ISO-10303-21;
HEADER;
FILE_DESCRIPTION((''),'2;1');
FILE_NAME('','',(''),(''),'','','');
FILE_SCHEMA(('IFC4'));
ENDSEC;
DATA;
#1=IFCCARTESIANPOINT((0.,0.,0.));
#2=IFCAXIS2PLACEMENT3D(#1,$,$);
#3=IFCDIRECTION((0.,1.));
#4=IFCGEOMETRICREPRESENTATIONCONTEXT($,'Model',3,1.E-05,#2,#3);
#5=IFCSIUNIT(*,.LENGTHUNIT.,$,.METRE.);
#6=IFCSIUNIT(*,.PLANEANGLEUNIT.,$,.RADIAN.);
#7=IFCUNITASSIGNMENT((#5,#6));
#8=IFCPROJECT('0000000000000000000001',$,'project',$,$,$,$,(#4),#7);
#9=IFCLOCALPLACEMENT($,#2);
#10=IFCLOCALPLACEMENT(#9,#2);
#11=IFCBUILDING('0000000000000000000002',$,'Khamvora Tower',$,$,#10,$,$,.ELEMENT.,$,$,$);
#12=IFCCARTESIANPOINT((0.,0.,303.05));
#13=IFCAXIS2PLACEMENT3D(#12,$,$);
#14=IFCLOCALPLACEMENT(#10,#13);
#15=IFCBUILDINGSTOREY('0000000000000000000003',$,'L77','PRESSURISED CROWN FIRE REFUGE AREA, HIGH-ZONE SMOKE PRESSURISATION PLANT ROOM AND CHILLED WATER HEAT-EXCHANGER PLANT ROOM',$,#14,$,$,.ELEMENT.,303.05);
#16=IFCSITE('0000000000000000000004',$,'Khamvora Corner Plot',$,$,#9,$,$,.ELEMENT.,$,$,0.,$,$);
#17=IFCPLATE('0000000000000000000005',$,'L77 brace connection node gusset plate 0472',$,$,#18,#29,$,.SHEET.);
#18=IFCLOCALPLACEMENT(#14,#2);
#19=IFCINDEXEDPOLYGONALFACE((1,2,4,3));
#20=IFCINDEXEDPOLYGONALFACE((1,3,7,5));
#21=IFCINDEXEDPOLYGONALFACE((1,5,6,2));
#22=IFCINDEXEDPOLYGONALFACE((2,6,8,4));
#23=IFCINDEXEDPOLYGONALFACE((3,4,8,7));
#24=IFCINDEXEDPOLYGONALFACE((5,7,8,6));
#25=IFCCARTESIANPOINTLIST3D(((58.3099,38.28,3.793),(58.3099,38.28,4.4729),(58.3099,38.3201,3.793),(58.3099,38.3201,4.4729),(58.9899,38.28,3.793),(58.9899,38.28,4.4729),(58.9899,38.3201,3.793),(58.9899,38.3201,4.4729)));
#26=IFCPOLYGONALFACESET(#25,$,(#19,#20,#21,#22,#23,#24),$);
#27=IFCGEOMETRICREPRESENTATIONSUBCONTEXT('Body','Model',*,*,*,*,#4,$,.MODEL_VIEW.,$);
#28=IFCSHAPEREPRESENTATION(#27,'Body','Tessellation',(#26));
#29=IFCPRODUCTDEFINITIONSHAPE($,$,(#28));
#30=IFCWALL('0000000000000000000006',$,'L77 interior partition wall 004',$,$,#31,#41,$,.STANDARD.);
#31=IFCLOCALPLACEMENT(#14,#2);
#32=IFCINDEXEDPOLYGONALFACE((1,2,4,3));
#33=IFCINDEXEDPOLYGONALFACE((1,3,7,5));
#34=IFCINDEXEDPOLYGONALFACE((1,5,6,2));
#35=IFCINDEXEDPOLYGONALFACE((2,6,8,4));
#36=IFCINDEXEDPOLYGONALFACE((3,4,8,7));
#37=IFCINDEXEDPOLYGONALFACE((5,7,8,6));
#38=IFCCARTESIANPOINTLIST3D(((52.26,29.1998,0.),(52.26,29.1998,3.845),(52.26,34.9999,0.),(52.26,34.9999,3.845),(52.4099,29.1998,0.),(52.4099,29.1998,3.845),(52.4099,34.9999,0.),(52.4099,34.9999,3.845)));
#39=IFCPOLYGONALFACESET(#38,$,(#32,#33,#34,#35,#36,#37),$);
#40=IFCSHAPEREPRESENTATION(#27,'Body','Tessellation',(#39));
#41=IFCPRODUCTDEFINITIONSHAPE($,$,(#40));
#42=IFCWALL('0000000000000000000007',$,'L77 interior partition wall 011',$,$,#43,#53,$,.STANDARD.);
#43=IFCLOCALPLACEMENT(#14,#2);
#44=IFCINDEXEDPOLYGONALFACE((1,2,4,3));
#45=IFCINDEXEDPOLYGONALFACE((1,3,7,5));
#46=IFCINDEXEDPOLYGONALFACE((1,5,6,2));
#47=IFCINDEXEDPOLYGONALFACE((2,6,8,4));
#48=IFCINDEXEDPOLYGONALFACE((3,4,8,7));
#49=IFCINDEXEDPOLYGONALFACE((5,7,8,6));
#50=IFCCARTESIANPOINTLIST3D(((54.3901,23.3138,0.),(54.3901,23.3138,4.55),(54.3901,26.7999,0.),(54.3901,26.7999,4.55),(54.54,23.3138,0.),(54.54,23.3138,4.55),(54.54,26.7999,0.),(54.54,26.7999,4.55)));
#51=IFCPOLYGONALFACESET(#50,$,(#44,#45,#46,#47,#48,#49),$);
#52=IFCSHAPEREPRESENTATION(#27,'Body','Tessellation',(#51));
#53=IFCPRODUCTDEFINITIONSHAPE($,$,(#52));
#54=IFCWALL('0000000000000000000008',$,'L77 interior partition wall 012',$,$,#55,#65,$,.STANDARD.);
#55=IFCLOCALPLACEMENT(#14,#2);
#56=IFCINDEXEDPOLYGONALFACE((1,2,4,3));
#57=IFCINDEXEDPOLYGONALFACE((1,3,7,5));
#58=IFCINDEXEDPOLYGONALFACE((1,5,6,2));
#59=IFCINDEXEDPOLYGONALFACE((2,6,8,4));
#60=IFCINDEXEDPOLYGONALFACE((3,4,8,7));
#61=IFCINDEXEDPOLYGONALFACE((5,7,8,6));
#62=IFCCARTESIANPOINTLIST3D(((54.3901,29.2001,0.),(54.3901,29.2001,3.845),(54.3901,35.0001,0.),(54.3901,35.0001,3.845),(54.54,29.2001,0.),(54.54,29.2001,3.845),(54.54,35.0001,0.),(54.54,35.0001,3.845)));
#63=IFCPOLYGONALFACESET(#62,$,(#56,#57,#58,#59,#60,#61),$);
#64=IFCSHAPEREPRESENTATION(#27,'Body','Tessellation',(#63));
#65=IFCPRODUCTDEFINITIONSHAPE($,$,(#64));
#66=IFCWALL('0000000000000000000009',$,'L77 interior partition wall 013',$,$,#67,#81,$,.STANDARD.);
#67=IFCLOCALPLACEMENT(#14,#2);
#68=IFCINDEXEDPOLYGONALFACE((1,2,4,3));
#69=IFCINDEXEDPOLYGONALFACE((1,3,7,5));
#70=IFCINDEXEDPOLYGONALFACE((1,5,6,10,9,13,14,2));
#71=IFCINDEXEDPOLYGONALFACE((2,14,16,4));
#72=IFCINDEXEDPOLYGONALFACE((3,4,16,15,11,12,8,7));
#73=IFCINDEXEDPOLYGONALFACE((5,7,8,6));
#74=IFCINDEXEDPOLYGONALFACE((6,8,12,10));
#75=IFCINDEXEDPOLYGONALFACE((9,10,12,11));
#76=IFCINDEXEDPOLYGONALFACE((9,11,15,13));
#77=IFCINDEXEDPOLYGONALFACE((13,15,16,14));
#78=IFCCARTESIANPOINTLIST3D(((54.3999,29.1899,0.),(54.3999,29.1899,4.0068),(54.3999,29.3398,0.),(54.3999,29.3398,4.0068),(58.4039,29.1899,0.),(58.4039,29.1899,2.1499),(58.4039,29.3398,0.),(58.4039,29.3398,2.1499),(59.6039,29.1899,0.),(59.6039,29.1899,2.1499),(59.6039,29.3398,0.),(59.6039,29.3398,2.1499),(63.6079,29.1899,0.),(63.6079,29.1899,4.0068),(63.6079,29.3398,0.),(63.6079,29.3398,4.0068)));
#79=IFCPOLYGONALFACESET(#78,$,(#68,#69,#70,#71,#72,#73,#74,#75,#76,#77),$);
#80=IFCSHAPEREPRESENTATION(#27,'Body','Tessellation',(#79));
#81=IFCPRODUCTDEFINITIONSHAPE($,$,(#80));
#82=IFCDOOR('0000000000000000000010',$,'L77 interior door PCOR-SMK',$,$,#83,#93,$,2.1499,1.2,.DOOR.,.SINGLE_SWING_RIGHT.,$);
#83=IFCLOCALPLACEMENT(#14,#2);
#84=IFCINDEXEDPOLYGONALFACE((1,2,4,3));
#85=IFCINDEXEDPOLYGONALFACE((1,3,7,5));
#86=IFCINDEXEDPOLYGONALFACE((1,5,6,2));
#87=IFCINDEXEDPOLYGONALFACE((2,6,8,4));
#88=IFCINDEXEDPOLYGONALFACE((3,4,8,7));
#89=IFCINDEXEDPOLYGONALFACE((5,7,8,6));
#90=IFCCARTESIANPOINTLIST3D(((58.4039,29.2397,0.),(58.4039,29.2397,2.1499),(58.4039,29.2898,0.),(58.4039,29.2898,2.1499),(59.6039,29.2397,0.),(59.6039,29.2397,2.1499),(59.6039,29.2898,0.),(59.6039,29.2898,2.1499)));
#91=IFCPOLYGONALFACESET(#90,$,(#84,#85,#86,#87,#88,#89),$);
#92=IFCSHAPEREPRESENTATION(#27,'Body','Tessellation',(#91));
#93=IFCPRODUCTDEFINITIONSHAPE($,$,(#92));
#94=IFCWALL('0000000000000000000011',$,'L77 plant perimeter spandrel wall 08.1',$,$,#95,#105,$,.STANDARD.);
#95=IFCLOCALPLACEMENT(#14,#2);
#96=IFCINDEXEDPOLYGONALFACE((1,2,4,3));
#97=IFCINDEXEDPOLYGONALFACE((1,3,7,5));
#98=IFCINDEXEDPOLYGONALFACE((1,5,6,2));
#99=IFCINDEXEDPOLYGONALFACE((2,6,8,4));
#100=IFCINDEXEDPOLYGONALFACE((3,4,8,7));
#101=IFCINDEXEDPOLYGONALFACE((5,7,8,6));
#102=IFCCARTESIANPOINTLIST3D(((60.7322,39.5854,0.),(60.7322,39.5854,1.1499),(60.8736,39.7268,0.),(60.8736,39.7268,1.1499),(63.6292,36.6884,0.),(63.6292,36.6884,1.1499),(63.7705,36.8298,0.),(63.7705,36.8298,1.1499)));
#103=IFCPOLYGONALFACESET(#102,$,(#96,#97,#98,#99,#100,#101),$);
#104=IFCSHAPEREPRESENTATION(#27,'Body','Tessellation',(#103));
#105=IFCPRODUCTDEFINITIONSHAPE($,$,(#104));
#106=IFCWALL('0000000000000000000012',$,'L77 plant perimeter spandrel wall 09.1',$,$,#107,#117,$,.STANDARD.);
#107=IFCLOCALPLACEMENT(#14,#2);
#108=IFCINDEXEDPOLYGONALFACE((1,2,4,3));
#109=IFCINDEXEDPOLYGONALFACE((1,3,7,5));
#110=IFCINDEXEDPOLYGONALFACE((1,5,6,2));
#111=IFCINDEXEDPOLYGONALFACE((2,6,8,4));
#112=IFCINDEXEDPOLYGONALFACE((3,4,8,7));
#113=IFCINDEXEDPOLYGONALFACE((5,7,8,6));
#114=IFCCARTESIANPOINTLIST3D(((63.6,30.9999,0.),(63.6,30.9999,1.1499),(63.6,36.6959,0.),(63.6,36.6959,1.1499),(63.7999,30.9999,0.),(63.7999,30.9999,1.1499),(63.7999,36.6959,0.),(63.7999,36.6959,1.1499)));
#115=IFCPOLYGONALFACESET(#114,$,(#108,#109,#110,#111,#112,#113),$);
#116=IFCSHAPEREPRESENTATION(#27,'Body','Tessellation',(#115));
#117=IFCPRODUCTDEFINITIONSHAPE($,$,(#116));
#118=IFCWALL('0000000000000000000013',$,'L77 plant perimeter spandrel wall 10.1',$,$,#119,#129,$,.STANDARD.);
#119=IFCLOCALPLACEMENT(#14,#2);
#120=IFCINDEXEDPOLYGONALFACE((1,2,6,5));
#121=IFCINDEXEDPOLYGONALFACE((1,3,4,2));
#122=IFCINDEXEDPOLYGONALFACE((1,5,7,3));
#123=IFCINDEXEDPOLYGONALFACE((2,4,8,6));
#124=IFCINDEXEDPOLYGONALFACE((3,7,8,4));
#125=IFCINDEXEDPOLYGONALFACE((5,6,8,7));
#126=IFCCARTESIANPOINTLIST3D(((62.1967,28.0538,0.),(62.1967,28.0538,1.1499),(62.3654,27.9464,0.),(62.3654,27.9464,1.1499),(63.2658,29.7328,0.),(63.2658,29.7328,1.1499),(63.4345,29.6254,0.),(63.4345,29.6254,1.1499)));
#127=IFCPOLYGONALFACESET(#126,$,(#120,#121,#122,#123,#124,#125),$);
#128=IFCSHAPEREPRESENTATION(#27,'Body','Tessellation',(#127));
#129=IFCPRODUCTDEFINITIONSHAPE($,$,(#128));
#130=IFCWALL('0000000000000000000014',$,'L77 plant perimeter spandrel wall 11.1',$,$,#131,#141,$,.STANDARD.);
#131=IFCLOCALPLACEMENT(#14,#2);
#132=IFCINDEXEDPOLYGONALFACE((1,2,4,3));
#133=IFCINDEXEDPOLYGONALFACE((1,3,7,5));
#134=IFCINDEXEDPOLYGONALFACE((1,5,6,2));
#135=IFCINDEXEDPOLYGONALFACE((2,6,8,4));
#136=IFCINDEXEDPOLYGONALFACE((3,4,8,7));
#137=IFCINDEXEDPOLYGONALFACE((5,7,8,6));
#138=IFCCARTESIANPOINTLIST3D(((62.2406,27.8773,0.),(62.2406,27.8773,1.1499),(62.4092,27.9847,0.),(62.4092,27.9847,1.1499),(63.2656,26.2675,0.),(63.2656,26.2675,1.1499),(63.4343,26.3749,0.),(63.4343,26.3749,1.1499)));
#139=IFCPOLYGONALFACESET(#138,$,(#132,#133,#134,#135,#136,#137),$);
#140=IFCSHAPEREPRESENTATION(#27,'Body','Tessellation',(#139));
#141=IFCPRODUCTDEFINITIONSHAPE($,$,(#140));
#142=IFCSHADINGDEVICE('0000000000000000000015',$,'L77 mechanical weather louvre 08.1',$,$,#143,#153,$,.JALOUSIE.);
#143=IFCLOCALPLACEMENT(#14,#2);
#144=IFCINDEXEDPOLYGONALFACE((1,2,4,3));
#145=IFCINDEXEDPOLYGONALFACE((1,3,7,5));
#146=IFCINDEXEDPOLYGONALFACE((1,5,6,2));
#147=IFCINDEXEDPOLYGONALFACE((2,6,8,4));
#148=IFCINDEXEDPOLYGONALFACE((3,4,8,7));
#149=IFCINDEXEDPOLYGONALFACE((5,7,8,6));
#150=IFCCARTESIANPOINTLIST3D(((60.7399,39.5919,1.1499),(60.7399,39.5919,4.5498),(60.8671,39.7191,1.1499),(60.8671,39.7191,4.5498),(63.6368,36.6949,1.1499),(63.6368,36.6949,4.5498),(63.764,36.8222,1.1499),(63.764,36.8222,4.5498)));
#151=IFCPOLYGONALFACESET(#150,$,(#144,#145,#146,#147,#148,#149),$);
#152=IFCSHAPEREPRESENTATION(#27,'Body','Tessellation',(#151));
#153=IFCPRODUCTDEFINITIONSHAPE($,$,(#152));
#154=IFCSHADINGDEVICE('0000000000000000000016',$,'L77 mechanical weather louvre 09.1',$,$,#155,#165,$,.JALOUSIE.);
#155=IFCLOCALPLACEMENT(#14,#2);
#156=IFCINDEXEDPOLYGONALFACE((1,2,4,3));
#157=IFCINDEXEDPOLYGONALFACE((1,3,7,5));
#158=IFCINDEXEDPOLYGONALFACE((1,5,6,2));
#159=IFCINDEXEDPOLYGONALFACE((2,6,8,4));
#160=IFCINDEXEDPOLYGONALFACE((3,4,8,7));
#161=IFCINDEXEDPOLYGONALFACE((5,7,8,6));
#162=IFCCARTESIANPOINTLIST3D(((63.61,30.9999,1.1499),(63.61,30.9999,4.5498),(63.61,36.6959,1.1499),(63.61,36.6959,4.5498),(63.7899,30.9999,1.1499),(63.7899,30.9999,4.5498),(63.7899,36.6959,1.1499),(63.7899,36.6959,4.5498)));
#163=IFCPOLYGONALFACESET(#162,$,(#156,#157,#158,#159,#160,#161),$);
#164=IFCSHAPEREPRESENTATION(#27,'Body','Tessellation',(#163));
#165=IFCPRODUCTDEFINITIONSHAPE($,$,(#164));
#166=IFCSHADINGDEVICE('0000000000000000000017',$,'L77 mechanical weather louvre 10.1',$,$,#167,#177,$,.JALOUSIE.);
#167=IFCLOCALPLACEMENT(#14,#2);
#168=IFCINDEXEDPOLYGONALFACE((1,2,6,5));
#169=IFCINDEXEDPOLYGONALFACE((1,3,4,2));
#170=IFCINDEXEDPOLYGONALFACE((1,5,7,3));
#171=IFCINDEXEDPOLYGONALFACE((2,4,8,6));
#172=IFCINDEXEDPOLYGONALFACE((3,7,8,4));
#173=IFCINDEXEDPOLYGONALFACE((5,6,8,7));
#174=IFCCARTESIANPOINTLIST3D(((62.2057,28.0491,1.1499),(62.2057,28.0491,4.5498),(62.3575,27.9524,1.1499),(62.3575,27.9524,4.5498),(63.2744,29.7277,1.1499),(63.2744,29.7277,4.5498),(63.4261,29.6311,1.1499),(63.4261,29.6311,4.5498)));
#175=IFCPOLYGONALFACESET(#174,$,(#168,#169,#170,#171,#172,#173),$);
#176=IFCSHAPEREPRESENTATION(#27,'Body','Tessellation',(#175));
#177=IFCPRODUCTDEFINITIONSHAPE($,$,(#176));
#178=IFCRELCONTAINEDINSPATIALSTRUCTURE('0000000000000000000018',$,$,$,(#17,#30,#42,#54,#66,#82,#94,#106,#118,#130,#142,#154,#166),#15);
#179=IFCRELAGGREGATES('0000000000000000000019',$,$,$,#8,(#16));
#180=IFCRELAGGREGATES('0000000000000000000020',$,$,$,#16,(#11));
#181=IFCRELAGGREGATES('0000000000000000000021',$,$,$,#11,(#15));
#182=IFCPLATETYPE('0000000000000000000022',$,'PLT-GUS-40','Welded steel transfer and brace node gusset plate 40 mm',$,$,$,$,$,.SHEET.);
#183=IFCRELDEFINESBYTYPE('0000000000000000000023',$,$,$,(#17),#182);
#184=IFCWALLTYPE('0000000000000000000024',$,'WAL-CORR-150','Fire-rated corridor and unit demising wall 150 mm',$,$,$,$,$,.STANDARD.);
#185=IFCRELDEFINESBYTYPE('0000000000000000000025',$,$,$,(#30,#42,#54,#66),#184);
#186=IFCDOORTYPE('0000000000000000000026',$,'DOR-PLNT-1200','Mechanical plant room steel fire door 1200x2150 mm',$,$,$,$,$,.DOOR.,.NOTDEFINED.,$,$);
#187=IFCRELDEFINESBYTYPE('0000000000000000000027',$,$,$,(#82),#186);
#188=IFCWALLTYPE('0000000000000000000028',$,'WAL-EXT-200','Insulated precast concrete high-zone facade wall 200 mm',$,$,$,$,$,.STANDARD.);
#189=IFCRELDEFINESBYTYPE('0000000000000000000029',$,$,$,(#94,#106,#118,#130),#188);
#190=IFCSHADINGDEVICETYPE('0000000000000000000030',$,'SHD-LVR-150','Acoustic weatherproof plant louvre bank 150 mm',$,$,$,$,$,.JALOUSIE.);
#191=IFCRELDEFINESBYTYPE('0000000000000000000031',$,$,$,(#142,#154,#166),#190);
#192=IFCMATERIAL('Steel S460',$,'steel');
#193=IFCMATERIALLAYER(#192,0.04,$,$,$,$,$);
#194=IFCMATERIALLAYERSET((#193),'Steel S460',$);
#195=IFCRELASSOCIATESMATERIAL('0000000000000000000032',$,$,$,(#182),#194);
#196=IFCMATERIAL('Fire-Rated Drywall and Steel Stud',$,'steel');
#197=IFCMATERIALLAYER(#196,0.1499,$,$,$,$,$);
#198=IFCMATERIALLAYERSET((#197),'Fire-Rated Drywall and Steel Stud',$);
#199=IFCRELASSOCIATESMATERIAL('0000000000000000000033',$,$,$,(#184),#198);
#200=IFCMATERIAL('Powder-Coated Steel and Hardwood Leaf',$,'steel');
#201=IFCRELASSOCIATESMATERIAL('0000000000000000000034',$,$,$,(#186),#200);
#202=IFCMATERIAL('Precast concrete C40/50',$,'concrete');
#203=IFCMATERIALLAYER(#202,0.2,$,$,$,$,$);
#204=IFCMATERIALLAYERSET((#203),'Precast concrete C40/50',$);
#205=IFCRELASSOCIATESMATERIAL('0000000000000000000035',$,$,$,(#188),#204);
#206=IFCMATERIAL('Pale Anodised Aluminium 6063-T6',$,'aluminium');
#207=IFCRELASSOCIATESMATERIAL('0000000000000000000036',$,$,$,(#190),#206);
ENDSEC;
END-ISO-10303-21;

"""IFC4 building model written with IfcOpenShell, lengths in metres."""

from ifc_helpers import new_model, si_unit, direction, frame, frame_2d, origin, origin_2d, place, context, subcontext, project, spatial, rectangle, extrude, material, layer, layer_set, type_object, element, fill, save


model = new_model("IFC4")

# Units and contexts
model_context = context("Model", 3, precision=1e-05, world=origin(), true_north=direction((0.0, 1.0)))
body_context = subcontext(model_context, "Body", "Model", "MODEL_VIEW")
ifc_project = project(units=[si_unit("LENGTHUNIT", "METRE"), si_unit("PLANEANGLEUNIT", "RADIAN")], contexts=[model_context])

# Site, building, storey
site_placement = place(None, origin())
site = spatial("IfcSite", under=ifc_project, at=site_placement, Name="Khamvora Corner Plot", CompositionType="ELEMENT", RefElevation=0.0)
building_placement = place(site_placement, origin())
building = spatial("IfcBuilding", under=site, at=building_placement, Name="Khamvora Tower", CompositionType="ELEMENT")
storey_placement = place(building_placement, frame((0.0, 0.0, 303.05)))
storey = spatial("IfcBuildingStorey", under=building, at=storey_placement, Name="L77", Description="PRESSURISED CROWN FIRE REFUGE AREA, HIGH-ZONE SMOKE PRESSURISATION PLANT ROOM AND CHILLED WATER HEAT-EXCHANGER PLANT ROOM", CompositionType="ELEMENT", Elevation=303.05)

# Plate
ifc_material_1 = material(Name="Steel S460", Category="steel")
ifc_layer_1 = layer(ifc_material_1, 0.04)
ifc_layer_set_1 = layer_set([ifc_layer_1], Name="Steel S460")
plate_type_1 = type_object("IfcPlateType", Name="PLT-GUS-40", Description="Welded steel transfer and brace node gusset plate 40 mm", PredefinedType="SHEET", material=ifc_layer_set_1)
for number, where, z_axis, x_axis, name in (
    (1, (58.6499, 38.3, 3.793), (0.0, 0.0, 1.0), (1.0, 0.0, 0.0), "L77 brace connection node gusset plate 0472"),
):
    element("IfcPlate", number, at=place(storey_placement, frame(where, z_axis=z_axis, x_axis=x_axis)), inside=storey, type_object=plate_type_1, Name=name, PredefinedType="SHEET", context=body_context, shape_type="SweptSolid", body=[
        extrude(rectangle(XDim=0.6799, YDim=0.04, at=origin_2d()), origin(), (0.0, 0.0, 1.0), 0.6799),
    ])

# Walls
ifc_material_2 = material(Name="Fire-Rated Drywall and Steel Stud", Category="steel")
ifc_layer_2 = layer(ifc_material_2, 0.1499)
ifc_layer_set_2 = layer_set([ifc_layer_2], Name="Fire-Rated Drywall and Steel Stud")
wall_type_1 = type_object("IfcWallType", Name="WAL-CORR-150", Description="Fire-rated corridor and unit demising wall 150 mm", PredefinedType="STANDARD", material=ifc_layer_set_2)
wall_1_placement = place(storey_placement, frame((52.335, 29.2, 0.0), z_axis=(0.0, 0.0, 1.0), x_axis=(0.0, 1.0, 0.0)))
element("IfcWall", 2, at=wall_1_placement, inside=storey, type_object=wall_type_1, Name="L77 interior partition wall 004", PredefinedType="STANDARD", context=body_context, shape_type="SweptSolid", body=[
    extrude(rectangle(XDim=5.8, YDim=0.1499, at=frame_2d((2.8999, 0.0))), origin(), (0.0, 0.0, 1.0), 3.845),
])
wall_2_placement = place(storey_placement, frame((54.4651, 26.8, 0.0), z_axis=(0.0, 0.0, 1.0), x_axis=(0.0, -1.0, 0.0)))
element("IfcWall", 3, at=wall_2_placement, inside=storey, type_object=wall_type_1, Name="L77 interior partition wall 011", PredefinedType="STANDARD", context=body_context, shape_type="SweptSolid", body=[
    extrude(rectangle(XDim=3.4861, YDim=0.1499, at=frame_2d((1.7432, 0.0))), origin(), (0.0, 0.0, 1.0), 4.55),
])
wall_3_placement = place(storey_placement, frame((54.4651, 35.0, 0.0), z_axis=(0.0, 0.0, 1.0), x_axis=(0.0, -1.0, 0.0)))
element("IfcWall", 4, at=wall_3_placement, inside=storey, type_object=wall_type_1, Name="L77 interior partition wall 012", PredefinedType="STANDARD", context=body_context, shape_type="SweptSolid", body=[
    extrude(rectangle(XDim=5.8, YDim=0.1499, at=frame_2d((2.8999, 0.0))), origin(), (0.0, 0.0, 1.0), 3.845),
])

# Wall, opening, door
wall_4_placement = place(storey_placement, frame((54.3999, 29.2649, 0.0), z_axis=(0.0, 0.0, 1.0), x_axis=(1.0, 0.0, 0.0)))
wall_4 = element("IfcWall", 5, at=wall_4_placement, inside=storey, type_object=wall_type_1, Name="L77 interior partition wall 013", PredefinedType="STANDARD", context=body_context, shape_type="SweptSolid", body=[
    extrude(rectangle(XDim=9.208, YDim=0.1499, at=frame_2d((4.604, 0.0))), origin(), (0.0, 0.0, 1.0), 4.0068),
])
opening_placement = place(wall_4_placement, frame((4.0039, 0.0, 0.0)))
opening = element("IfcOpeningElement", 6, at=opening_placement, cuts=wall_4, PredefinedType="OPENING", context=body_context, shape_type="SweptSolid", body=[
    extrude(rectangle(XDim=1.2, YDim=2.1499, at=frame_2d((0.6001, 1.075))), frame((0.0, 0.085, 0.0), z_axis=(0.0, -1.0, 0.0), x_axis=(1.0, 0.0, 0.0)), (0.0, 0.0, 1.0), 0.1699),
])
ifc_material_3 = material(Name="Powder-Coated Steel and Hardwood Leaf", Category="steel")
door_type = type_object("IfcDoorType", Name="DOR-PLNT-1200", Description="Mechanical plant room steel fire door 1200x2150 mm", OperationType="NOTDEFINED", PredefinedType="DOOR", material=ifc_material_3)
door_placement = place(opening_placement, origin())
door = element("IfcDoor", 7, at=door_placement, inside=storey, type_object=door_type, Name="L77 interior door PCOR-SMK", OperationType="SINGLE_SWING_RIGHT", OverallHeight=2.1499, OverallWidth=1.2, PredefinedType="DOOR", context=body_context, shape_type="SweptSolid", body=[
    extrude(rectangle(XDim=1.2, YDim=2.1499, at=frame_2d((0.6001, 1.075))), frame((0.0, 0.0249, 0.0), z_axis=(0.0, -1.0, 0.0), x_axis=(1.0, 0.0, 0.0)), (0.0, 0.0, 1.0), 0.05),
])
fill(opening, door)

# Walls
ifc_material_4 = material(Name="Precast concrete C40/50", Category="concrete")
ifc_layer_3 = layer(ifc_material_4, 0.2)
ifc_layer_set_3 = layer_set([ifc_layer_3], Name="Precast concrete C40/50")
wall_type_2 = type_object("IfcWallType", Name="WAL-EXT-200", Description="Insulated precast concrete high-zone facade wall 200 mm", PredefinedType="STANDARD", material=ifc_layer_set_3)
wall_5_placement = place(storey_placement, frame((60.803, 39.656, 0.0), z_axis=(0.0, 0.0, 1.0), x_axis=(0.707107, -0.707107, 0.0)))
element("IfcWall", 8, at=wall_5_placement, inside=storey, type_object=wall_type_2, Name="L77 plant perimeter spandrel wall 08.1", PredefinedType="STANDARD", context=body_context, shape_type="SweptSolid", body=[
    extrude(rectangle(XDim=4.0969, YDim=0.2, at=frame_2d((2.0483, 0.0))), origin(), (0.0, 0.0, 1.0), 1.1499),
])
wall_6_placement = place(storey_placement, frame((63.7, 36.696, 0.0), z_axis=(0.0, 0.0, 1.0), x_axis=(0.0, -1.0, 0.0)))
element("IfcWall", 9, at=wall_6_placement, inside=storey, type_object=wall_type_2, Name="L77 plant perimeter spandrel wall 09.1", PredefinedType="STANDARD", context=body_context, shape_type="SweptSolid", body=[
    extrude(rectangle(XDim=5.696, YDim=0.2, at=frame_2d((2.8481, 0.0))), origin(), (0.0, 0.0, 1.0), 1.1499),
])
wall_7_placement = place(storey_placement, frame((63.3501, 29.679, 0.0), z_axis=(0.0, 0.0, 1.0), x_axis=(-0.537114, -0.84351, 0.0)))
element("IfcWall", 10, at=wall_7_placement, inside=storey, type_object=wall_type_2, Name="L77 plant perimeter spandrel wall 10.1", PredefinedType="STANDARD", context=body_context, shape_type="SweptSolid", body=[
    extrude(rectangle(XDim=1.9905, YDim=0.2, at=frame_2d((0.9951, 0.0))), origin(), (0.0, 0.0, 1.0), 1.1499),
])
wall_8_placement = place(storey_placement, frame((62.325, 27.9309, 0.0), z_axis=(0.0, 0.0, 1.0), x_axis=(0.537132, -0.843498, 0.0)))
element("IfcWall", 11, at=wall_8_placement, inside=storey, type_object=wall_type_2, Name="L77 plant perimeter spandrel wall 11.1", PredefinedType="STANDARD", context=body_context, shape_type="SweptSolid", body=[
    extrude(rectangle(XDim=1.9084, YDim=0.2, at=frame_2d((0.9541, 0.0))), origin(), (0.0, 0.0, 1.0), 1.1499),
])

# Shading devices
ifc_material_5 = material(Name="Pale Anodised Aluminium 6063-T6", Category="aluminium")
shading_device_type = type_object("IfcShadingDeviceType", Name="SHD-LVR-150", Description="Acoustic weatherproof plant louvre bank 150 mm", PredefinedType="JALOUSIE", material=ifc_material_5)
shading_device_1_placement = place(storey_placement, frame((62.252, 38.207, 1.1499), z_axis=(0.0, 0.0, 1.0), x_axis=(0.707107, -0.707107, 0.0)))
element("IfcShadingDevice", 12, at=shading_device_1_placement, inside=storey, type_object=shading_device_type, Name="L77 mechanical weather louvre 08.1", PredefinedType="JALOUSIE", context=body_context, shape_type="SweptSolid", body=[
    extrude(rectangle(XDim=4.0969, YDim=0.1799, at=origin_2d()), origin(), (0.0, 0.0, 1.0), 3.3999),
])
shading_device_2_placement = place(storey_placement, frame((63.7, 33.8479, 1.1499), z_axis=(0.0, 0.0, 1.0), x_axis=(0.0, -1.0, 0.0)))
element("IfcShadingDevice", 13, at=shading_device_2_placement, inside=storey, type_object=shading_device_type, Name="L77 mechanical weather louvre 09.1", PredefinedType="JALOUSIE", context=body_context, shape_type="SweptSolid", body=[
    extrude(rectangle(XDim=5.696, YDim=0.1799, at=origin_2d()), origin(), (0.0, 0.0, 1.0), 3.3999),
])
shading_device_3_placement = place(storey_placement, frame((62.8159, 28.8401, 1.1499), z_axis=(0.0, 0.0, 1.0), x_axis=(-0.537022, -0.843568, 0.0)))
element("IfcShadingDevice", 14, at=shading_device_3_placement, inside=storey, type_object=shading_device_type, Name="L77 mechanical weather louvre 10.1", PredefinedType="JALOUSIE", context=body_context, shape_type="SweptSolid", body=[
    extrude(rectangle(XDim=1.99, YDim=0.1799, at=origin_2d()), origin(), (0.0, 0.0, 1.0), 3.3999),
])

save(model, "model.ifc")
